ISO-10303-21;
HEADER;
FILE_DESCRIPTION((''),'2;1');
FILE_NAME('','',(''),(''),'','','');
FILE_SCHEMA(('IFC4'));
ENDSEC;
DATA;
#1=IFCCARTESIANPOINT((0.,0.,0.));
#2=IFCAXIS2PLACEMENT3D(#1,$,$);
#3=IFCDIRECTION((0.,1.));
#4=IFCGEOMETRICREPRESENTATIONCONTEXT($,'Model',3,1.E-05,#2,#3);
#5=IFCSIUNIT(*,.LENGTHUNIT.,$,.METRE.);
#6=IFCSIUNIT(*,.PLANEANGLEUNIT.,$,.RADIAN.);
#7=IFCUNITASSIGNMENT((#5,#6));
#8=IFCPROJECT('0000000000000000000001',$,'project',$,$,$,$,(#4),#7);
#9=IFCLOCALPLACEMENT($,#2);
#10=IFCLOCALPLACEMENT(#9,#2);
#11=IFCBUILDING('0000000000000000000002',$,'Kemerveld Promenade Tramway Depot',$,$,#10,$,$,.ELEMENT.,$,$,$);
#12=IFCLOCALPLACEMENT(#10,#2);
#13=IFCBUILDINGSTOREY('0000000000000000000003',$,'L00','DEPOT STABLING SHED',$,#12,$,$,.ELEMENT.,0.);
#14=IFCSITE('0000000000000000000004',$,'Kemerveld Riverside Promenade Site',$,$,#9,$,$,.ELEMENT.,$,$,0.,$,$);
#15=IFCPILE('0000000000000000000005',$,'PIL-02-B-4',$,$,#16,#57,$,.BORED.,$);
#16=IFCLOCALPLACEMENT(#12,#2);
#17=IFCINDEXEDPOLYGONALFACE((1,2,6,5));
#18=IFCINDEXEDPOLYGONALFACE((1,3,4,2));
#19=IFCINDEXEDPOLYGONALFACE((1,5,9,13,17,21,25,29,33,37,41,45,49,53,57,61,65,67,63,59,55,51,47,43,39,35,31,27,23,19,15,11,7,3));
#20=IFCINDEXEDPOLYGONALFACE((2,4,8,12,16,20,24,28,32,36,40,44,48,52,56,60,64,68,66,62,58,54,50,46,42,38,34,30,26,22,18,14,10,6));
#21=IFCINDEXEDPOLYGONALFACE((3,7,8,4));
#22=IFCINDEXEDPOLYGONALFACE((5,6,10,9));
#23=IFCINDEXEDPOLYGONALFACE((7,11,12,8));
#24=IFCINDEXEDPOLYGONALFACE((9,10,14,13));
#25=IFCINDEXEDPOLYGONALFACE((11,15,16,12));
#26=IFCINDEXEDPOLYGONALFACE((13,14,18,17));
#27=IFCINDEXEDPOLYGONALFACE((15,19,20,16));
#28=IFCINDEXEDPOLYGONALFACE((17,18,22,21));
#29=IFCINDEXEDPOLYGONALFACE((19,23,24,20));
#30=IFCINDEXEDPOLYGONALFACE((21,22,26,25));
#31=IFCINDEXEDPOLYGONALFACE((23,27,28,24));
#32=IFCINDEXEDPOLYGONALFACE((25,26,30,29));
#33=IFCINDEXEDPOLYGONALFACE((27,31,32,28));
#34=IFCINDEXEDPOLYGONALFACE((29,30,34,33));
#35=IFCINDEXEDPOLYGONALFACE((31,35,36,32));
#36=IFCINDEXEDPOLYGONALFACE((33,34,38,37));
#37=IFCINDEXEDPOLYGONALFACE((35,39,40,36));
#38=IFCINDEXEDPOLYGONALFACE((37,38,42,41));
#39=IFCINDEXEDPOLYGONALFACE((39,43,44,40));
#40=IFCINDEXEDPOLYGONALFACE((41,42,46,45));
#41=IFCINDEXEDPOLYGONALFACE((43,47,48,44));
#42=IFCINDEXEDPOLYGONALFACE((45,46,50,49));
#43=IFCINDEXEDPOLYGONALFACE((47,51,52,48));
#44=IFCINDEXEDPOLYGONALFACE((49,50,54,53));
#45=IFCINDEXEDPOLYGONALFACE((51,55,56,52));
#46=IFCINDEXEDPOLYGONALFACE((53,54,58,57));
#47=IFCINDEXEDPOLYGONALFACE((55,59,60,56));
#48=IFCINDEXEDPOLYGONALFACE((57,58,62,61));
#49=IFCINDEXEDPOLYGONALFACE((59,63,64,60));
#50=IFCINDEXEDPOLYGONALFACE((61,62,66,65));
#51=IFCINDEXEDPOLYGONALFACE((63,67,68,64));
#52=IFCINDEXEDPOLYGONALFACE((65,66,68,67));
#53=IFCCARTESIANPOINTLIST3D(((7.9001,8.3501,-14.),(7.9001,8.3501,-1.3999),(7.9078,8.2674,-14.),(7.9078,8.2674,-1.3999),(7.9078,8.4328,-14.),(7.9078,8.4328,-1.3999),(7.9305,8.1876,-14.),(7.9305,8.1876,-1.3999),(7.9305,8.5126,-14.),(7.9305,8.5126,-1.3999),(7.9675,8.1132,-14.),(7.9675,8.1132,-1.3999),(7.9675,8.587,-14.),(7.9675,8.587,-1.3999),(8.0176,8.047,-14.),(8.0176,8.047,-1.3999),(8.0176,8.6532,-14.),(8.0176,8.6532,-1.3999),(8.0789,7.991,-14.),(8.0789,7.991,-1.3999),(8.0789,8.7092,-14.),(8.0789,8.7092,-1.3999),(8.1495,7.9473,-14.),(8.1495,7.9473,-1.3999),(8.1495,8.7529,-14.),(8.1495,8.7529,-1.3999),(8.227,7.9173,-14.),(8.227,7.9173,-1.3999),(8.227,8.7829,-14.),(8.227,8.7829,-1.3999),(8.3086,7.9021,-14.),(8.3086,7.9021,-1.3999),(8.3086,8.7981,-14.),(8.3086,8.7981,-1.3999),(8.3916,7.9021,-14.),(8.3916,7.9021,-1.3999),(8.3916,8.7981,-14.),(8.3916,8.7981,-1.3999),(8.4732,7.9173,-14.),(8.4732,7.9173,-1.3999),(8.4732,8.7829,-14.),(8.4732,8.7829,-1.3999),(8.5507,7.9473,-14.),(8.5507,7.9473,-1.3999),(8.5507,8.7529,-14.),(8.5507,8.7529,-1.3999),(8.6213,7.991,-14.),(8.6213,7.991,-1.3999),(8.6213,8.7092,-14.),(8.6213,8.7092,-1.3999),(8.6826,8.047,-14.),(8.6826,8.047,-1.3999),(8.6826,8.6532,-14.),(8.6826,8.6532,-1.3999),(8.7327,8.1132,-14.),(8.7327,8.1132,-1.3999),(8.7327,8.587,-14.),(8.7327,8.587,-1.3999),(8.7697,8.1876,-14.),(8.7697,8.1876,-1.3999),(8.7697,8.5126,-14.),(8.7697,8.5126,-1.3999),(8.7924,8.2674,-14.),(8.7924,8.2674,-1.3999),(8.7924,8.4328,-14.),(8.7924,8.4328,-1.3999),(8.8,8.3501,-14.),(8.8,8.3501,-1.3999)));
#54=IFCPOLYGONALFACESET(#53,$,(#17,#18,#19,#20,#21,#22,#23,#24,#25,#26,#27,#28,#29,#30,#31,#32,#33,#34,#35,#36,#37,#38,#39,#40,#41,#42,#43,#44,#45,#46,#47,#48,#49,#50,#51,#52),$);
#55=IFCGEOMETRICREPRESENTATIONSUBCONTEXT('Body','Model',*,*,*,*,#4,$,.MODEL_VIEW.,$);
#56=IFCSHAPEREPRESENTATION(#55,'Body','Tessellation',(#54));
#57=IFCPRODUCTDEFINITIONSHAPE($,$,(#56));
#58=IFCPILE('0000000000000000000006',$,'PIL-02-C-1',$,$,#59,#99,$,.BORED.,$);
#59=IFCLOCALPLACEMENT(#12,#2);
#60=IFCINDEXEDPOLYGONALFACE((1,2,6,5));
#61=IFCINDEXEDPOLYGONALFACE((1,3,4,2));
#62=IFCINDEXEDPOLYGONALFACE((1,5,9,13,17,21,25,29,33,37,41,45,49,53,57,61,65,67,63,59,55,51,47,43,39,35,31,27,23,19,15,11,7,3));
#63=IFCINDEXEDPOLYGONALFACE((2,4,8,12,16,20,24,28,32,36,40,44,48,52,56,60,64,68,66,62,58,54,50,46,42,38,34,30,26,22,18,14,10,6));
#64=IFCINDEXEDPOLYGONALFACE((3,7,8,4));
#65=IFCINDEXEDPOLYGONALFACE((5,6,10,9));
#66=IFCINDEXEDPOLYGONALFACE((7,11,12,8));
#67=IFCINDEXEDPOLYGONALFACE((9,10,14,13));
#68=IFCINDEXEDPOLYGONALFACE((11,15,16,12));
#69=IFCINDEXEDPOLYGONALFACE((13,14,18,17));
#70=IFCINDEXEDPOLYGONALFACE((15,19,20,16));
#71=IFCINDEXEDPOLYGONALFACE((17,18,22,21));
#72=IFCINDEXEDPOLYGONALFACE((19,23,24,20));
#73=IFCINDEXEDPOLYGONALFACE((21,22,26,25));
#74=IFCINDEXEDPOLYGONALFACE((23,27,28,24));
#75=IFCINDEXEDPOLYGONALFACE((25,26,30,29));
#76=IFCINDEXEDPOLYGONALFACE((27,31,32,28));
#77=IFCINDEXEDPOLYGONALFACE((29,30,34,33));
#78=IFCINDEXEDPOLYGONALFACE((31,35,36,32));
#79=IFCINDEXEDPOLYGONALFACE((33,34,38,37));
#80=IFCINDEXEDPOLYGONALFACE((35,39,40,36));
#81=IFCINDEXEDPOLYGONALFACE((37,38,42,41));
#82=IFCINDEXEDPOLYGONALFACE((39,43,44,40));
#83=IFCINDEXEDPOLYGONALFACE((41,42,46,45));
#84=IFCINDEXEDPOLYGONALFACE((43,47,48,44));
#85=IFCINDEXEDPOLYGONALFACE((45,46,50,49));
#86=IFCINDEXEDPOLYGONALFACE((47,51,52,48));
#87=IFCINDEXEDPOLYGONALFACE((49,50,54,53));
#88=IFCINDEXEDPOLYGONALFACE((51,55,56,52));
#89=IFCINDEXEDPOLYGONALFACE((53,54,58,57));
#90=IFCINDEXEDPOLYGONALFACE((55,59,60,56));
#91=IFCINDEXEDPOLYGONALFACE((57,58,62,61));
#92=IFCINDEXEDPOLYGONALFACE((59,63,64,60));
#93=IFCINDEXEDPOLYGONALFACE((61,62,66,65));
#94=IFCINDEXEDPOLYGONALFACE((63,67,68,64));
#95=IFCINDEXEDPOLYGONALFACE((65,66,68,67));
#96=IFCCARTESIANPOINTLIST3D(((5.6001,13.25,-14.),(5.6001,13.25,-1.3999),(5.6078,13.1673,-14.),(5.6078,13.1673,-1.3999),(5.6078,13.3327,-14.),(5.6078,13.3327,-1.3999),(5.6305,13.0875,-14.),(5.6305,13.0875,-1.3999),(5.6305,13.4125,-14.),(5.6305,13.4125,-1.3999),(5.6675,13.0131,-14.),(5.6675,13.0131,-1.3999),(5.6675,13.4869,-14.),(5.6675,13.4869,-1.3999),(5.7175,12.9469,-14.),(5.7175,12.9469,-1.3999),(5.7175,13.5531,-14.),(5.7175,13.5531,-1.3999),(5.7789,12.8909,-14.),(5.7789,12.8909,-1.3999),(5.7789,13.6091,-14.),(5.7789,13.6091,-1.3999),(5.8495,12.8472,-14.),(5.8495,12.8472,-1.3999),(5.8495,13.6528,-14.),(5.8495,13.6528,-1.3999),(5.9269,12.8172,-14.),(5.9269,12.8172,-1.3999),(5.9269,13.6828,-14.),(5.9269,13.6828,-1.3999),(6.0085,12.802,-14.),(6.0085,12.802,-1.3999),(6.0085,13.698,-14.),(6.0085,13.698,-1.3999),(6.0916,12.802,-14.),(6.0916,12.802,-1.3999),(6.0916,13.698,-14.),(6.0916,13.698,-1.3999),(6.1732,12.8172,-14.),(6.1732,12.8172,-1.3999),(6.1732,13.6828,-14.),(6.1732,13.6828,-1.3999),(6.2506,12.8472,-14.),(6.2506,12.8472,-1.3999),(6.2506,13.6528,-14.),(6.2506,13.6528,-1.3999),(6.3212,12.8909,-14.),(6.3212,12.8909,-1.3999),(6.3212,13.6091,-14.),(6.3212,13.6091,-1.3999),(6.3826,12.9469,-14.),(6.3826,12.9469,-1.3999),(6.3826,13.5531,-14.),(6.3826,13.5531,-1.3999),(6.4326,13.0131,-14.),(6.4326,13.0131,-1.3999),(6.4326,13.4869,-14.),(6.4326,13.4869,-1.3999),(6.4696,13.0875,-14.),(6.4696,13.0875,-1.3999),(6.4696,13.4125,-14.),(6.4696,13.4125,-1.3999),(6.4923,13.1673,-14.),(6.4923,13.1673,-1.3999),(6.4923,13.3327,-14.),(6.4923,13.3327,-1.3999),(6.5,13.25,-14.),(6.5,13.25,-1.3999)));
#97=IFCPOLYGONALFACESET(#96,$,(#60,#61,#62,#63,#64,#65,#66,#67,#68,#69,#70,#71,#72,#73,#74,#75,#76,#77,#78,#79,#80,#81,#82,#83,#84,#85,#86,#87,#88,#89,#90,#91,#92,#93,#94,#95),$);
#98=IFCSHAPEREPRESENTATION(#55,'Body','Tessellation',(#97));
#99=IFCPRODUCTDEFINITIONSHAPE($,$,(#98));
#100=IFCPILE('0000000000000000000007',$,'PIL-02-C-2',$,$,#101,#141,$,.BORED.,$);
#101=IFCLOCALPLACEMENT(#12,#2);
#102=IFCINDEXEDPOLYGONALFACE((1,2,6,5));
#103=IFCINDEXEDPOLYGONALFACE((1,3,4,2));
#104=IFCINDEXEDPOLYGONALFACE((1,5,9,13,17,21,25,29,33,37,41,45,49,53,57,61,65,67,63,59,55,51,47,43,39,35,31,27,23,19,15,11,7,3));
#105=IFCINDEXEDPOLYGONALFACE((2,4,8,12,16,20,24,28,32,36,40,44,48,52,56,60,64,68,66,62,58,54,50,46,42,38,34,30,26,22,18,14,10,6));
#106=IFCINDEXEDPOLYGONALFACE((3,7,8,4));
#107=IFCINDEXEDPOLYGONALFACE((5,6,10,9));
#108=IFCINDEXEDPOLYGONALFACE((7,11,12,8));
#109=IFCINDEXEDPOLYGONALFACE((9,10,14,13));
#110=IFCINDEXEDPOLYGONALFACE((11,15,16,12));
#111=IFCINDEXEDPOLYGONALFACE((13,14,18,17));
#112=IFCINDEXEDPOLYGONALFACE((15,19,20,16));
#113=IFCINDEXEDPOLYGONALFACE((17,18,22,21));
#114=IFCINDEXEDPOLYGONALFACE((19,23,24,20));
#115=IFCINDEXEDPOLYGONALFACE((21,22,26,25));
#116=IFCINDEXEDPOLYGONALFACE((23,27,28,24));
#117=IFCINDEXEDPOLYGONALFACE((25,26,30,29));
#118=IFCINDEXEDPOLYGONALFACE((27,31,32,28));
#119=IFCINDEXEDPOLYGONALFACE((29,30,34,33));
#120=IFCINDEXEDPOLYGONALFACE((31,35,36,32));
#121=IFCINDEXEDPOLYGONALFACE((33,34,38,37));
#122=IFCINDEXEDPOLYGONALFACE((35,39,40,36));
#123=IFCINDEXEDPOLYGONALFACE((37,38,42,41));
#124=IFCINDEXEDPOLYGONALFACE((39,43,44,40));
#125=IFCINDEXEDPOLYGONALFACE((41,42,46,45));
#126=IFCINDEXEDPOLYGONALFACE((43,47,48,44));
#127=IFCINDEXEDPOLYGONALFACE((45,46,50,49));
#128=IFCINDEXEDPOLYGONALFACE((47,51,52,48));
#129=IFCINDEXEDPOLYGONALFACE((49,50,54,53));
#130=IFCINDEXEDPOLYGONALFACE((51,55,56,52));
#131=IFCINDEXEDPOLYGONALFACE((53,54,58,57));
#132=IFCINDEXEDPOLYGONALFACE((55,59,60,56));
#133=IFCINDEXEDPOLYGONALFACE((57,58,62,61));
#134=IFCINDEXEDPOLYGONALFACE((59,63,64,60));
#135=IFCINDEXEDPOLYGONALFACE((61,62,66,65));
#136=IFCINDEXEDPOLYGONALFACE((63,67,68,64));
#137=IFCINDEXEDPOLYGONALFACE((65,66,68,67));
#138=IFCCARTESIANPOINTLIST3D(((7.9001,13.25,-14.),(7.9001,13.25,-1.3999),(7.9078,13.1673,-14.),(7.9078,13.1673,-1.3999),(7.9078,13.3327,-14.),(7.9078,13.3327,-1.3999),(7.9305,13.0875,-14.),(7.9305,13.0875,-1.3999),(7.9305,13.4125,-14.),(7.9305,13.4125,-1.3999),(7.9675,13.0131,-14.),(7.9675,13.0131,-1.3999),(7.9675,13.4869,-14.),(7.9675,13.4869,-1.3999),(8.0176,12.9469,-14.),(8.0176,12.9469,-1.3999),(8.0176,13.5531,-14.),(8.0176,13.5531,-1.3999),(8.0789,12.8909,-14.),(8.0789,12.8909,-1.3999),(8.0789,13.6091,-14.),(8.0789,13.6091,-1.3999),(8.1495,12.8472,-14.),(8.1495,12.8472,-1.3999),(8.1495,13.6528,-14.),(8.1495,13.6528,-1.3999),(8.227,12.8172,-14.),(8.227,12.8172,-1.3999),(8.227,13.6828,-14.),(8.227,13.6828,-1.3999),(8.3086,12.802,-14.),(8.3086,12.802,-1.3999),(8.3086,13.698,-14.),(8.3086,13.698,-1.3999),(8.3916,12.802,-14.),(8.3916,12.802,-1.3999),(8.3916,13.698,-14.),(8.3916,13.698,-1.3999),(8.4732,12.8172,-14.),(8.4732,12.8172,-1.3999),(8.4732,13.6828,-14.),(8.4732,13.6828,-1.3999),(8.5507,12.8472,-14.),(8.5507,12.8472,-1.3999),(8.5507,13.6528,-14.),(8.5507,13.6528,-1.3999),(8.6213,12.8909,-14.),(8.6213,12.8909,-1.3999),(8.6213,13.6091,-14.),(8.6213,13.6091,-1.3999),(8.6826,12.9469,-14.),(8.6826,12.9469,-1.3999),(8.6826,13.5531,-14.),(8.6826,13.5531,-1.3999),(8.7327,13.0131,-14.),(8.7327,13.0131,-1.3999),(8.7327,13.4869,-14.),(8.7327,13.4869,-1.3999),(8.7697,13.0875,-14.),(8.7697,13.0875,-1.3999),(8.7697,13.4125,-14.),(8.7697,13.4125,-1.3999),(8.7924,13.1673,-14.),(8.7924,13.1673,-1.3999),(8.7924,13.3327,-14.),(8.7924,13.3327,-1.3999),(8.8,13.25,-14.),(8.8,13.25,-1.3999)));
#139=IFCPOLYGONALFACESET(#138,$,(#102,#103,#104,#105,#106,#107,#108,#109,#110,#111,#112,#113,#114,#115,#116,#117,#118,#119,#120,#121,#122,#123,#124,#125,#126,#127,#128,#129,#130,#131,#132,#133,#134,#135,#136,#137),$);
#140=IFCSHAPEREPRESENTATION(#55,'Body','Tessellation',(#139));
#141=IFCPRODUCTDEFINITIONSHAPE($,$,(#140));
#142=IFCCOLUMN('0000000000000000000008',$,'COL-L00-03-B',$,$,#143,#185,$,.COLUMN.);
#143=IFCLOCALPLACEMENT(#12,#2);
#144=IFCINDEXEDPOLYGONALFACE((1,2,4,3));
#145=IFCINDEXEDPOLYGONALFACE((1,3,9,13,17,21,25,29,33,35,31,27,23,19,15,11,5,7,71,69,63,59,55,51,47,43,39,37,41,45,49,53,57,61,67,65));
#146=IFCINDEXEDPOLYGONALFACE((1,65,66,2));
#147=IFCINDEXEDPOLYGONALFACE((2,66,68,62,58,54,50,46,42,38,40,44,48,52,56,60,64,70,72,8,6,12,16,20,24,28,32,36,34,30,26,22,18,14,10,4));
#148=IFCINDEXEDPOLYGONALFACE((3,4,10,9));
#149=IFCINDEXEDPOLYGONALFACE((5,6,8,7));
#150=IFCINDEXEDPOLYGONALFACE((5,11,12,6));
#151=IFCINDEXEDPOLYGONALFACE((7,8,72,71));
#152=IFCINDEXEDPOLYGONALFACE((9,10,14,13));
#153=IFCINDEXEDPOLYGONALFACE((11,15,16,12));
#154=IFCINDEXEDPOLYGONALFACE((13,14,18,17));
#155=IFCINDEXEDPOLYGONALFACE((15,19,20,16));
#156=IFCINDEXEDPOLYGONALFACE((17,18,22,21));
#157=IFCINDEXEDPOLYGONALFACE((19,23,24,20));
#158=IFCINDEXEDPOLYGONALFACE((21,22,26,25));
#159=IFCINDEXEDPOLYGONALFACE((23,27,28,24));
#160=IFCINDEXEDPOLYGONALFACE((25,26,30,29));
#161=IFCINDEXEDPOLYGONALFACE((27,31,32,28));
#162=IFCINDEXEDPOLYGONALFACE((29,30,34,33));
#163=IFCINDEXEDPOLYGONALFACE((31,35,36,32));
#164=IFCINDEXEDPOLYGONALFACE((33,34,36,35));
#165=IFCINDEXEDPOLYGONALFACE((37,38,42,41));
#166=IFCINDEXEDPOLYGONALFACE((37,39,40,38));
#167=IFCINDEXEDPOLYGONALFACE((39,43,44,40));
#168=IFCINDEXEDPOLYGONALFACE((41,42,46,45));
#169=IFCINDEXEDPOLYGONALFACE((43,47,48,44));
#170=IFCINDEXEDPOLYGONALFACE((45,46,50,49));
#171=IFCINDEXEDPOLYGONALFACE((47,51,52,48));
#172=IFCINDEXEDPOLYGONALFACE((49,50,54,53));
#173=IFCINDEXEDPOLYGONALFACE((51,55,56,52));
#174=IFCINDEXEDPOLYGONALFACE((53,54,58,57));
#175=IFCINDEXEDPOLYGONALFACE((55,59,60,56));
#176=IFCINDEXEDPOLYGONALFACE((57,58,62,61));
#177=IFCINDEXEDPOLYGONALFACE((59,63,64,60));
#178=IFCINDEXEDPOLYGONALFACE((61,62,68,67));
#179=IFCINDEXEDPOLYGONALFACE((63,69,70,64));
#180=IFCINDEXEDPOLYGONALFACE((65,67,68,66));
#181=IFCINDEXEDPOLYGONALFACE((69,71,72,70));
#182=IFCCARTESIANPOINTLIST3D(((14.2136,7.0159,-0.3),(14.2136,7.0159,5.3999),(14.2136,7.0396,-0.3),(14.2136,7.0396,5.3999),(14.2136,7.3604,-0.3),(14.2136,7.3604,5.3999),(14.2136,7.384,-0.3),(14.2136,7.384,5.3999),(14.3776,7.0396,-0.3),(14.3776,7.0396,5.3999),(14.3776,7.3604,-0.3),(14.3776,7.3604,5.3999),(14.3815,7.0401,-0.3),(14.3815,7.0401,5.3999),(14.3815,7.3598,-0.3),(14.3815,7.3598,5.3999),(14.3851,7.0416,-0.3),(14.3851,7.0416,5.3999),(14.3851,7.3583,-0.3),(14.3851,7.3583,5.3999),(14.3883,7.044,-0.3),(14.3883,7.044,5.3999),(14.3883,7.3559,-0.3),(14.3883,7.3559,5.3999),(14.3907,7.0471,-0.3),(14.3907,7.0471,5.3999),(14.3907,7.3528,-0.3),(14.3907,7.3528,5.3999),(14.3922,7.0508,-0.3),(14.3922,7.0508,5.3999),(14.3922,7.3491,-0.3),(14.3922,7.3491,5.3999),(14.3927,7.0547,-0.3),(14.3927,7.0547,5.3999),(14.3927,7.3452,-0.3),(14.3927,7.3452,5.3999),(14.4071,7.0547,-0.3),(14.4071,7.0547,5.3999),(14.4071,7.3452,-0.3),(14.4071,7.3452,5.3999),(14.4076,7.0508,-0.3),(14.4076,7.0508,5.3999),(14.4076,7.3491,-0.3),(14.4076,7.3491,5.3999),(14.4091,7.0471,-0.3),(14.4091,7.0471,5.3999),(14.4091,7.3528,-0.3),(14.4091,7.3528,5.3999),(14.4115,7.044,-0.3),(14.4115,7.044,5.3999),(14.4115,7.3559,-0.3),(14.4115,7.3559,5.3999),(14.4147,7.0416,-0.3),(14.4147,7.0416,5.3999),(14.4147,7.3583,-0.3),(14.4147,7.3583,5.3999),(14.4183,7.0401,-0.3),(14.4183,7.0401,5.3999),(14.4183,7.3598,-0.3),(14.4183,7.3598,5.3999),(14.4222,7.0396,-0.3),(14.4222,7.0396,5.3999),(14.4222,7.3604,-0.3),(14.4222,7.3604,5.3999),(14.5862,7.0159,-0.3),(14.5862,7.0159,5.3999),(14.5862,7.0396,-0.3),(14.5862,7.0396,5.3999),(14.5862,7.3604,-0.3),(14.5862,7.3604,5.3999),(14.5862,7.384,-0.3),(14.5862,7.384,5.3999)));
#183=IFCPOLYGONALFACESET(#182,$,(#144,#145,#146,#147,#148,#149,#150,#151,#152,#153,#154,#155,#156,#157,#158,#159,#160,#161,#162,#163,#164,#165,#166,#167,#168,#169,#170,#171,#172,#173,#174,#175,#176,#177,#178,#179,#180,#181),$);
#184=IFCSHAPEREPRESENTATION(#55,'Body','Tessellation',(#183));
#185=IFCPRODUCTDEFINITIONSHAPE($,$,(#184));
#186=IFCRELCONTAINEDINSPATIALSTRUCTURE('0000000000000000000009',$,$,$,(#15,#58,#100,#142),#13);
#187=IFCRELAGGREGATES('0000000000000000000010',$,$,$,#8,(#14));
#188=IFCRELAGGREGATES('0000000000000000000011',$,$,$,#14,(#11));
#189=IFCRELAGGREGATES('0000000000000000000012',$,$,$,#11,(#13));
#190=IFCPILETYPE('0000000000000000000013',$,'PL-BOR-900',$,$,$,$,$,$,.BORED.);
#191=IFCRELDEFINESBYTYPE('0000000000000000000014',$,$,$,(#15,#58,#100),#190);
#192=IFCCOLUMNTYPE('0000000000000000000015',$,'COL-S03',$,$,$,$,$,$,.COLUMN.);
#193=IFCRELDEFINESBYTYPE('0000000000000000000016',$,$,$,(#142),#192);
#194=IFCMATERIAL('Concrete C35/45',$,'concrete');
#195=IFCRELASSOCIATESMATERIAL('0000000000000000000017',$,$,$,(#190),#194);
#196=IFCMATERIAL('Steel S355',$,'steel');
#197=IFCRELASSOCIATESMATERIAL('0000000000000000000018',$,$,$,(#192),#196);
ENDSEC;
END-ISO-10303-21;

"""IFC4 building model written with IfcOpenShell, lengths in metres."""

from ifc_helpers import new_model, si_unit, direction, frame, origin, origin_2d, place, context, subcontext, project, spatial, circle, i_section, extrude, material, material_profile, profile_set, type_object, element, save


model = new_model("IFC4")

# Units and contexts
model_context = context("Model", 3, precision=1e-05, world=origin(), true_north=direction((0.0, 1.0)))
body_context = subcontext(model_context, "Body", "Model", "MODEL_VIEW")
ifc_project = project(units=[si_unit("LENGTHUNIT", "METRE"), si_unit("PLANEANGLEUNIT", "RADIAN")], contexts=[model_context])

# Site, building, storey
site_placement = place(None, origin())
site = spatial("IfcSite", under=ifc_project, at=site_placement, Name="Kemerveld Riverside Promenade Site", CompositionType="ELEMENT", RefElevation=0.0)
building_placement = place(site_placement, origin())
building = spatial("IfcBuilding", under=site, at=building_placement, Name="Kemerveld Promenade Tramway Depot", CompositionType="ELEMENT")
storey_placement = place(building_placement, origin())
storey = spatial("IfcBuildingStorey", under=building, at=storey_placement, Name="L00", Description="DEPOT STABLING SHED", CompositionType="ELEMENT", Elevation=0.0)

# Shared definitions
ifc_material_1 = material(Name="Concrete C35/45", Category="concrete")

# Piles
ifc_material_profile_1 = material_profile(ifc_material_1, circle(Radius=0.45, at=origin_2d()), Name="PILE-D900")
ifc_profile_set_1 = profile_set([ifc_material_profile_1], Name="Concrete C35/45")
pile_type_1 = type_object("IfcPileType", Name="PL-BOR-900", PredefinedType="BORED", material=ifc_profile_set_1)
for number, where, z_axis, x_axis, name in (
    (1, (8.3501, 8.3501, -1.3999), (0.0, 0.0, -1.0), (1.0, 0.0, 0.0), "PIL-02-B-4"),
    (2, (6.05, 13.25, -1.3999), (0.0, 0.0, -1.0), (1.0, 0.0, 0.0), "PIL-02-C-1"),
    (3, (8.3501, 13.25, -1.3999), (0.0, 0.0, -1.0), (1.0, 0.0, 0.0), "PIL-02-C-2"),
):
    element("IfcPile", number, at=place(storey_placement, frame(where, z_axis=z_axis, x_axis=x_axis)), inside=storey, type_object=pile_type_1, Name=name, PredefinedType="BORED", context=body_context, shape_type="SweptSolid", body=[
        extrude(circle(Radius=0.45, at=origin_2d()), origin(), (0.0, 0.0, 1.0), 12.6001),
    ])

# Column
ifc_material_2 = material(Name="Steel S355", Category="steel")
ifc_material_profile_2 = material_profile(ifc_material_2, i_section(OverallWidth=0.3726, OverallDepth=0.3682, WebThickness=0.0144, FlangeThickness=0.0237, FilletRadius=0.0151, at=origin_2d()), Name="356x368x177 UC")
ifc_profile_set_2 = profile_set([ifc_material_profile_2], Name="Steel S355")
column_type = type_object("IfcColumnType", Name="COL-S03", PredefinedType="COLUMN", material=ifc_profile_set_2)
column_placement = place(storey_placement, frame((14.3999, 7.2, -0.3), z_axis=(0.0, 0.0, 1.0), x_axis=(1.0, 0.0, 0.0)))
element("IfcColumn", 4, at=column_placement, inside=storey, type_object=column_type, Name="COL-L00-03-B", PredefinedType="COLUMN", context=body_context, shape_type="SweptSolid", body=[
    extrude(i_section(OverallWidth=0.3726, OverallDepth=0.3682, WebThickness=0.0144, FlangeThickness=0.0237, FilletRadius=0.0151, at=origin_2d()), origin(), (0.0, 0.0, 1.0), 5.7),
])

save(model, "model.ifc")
